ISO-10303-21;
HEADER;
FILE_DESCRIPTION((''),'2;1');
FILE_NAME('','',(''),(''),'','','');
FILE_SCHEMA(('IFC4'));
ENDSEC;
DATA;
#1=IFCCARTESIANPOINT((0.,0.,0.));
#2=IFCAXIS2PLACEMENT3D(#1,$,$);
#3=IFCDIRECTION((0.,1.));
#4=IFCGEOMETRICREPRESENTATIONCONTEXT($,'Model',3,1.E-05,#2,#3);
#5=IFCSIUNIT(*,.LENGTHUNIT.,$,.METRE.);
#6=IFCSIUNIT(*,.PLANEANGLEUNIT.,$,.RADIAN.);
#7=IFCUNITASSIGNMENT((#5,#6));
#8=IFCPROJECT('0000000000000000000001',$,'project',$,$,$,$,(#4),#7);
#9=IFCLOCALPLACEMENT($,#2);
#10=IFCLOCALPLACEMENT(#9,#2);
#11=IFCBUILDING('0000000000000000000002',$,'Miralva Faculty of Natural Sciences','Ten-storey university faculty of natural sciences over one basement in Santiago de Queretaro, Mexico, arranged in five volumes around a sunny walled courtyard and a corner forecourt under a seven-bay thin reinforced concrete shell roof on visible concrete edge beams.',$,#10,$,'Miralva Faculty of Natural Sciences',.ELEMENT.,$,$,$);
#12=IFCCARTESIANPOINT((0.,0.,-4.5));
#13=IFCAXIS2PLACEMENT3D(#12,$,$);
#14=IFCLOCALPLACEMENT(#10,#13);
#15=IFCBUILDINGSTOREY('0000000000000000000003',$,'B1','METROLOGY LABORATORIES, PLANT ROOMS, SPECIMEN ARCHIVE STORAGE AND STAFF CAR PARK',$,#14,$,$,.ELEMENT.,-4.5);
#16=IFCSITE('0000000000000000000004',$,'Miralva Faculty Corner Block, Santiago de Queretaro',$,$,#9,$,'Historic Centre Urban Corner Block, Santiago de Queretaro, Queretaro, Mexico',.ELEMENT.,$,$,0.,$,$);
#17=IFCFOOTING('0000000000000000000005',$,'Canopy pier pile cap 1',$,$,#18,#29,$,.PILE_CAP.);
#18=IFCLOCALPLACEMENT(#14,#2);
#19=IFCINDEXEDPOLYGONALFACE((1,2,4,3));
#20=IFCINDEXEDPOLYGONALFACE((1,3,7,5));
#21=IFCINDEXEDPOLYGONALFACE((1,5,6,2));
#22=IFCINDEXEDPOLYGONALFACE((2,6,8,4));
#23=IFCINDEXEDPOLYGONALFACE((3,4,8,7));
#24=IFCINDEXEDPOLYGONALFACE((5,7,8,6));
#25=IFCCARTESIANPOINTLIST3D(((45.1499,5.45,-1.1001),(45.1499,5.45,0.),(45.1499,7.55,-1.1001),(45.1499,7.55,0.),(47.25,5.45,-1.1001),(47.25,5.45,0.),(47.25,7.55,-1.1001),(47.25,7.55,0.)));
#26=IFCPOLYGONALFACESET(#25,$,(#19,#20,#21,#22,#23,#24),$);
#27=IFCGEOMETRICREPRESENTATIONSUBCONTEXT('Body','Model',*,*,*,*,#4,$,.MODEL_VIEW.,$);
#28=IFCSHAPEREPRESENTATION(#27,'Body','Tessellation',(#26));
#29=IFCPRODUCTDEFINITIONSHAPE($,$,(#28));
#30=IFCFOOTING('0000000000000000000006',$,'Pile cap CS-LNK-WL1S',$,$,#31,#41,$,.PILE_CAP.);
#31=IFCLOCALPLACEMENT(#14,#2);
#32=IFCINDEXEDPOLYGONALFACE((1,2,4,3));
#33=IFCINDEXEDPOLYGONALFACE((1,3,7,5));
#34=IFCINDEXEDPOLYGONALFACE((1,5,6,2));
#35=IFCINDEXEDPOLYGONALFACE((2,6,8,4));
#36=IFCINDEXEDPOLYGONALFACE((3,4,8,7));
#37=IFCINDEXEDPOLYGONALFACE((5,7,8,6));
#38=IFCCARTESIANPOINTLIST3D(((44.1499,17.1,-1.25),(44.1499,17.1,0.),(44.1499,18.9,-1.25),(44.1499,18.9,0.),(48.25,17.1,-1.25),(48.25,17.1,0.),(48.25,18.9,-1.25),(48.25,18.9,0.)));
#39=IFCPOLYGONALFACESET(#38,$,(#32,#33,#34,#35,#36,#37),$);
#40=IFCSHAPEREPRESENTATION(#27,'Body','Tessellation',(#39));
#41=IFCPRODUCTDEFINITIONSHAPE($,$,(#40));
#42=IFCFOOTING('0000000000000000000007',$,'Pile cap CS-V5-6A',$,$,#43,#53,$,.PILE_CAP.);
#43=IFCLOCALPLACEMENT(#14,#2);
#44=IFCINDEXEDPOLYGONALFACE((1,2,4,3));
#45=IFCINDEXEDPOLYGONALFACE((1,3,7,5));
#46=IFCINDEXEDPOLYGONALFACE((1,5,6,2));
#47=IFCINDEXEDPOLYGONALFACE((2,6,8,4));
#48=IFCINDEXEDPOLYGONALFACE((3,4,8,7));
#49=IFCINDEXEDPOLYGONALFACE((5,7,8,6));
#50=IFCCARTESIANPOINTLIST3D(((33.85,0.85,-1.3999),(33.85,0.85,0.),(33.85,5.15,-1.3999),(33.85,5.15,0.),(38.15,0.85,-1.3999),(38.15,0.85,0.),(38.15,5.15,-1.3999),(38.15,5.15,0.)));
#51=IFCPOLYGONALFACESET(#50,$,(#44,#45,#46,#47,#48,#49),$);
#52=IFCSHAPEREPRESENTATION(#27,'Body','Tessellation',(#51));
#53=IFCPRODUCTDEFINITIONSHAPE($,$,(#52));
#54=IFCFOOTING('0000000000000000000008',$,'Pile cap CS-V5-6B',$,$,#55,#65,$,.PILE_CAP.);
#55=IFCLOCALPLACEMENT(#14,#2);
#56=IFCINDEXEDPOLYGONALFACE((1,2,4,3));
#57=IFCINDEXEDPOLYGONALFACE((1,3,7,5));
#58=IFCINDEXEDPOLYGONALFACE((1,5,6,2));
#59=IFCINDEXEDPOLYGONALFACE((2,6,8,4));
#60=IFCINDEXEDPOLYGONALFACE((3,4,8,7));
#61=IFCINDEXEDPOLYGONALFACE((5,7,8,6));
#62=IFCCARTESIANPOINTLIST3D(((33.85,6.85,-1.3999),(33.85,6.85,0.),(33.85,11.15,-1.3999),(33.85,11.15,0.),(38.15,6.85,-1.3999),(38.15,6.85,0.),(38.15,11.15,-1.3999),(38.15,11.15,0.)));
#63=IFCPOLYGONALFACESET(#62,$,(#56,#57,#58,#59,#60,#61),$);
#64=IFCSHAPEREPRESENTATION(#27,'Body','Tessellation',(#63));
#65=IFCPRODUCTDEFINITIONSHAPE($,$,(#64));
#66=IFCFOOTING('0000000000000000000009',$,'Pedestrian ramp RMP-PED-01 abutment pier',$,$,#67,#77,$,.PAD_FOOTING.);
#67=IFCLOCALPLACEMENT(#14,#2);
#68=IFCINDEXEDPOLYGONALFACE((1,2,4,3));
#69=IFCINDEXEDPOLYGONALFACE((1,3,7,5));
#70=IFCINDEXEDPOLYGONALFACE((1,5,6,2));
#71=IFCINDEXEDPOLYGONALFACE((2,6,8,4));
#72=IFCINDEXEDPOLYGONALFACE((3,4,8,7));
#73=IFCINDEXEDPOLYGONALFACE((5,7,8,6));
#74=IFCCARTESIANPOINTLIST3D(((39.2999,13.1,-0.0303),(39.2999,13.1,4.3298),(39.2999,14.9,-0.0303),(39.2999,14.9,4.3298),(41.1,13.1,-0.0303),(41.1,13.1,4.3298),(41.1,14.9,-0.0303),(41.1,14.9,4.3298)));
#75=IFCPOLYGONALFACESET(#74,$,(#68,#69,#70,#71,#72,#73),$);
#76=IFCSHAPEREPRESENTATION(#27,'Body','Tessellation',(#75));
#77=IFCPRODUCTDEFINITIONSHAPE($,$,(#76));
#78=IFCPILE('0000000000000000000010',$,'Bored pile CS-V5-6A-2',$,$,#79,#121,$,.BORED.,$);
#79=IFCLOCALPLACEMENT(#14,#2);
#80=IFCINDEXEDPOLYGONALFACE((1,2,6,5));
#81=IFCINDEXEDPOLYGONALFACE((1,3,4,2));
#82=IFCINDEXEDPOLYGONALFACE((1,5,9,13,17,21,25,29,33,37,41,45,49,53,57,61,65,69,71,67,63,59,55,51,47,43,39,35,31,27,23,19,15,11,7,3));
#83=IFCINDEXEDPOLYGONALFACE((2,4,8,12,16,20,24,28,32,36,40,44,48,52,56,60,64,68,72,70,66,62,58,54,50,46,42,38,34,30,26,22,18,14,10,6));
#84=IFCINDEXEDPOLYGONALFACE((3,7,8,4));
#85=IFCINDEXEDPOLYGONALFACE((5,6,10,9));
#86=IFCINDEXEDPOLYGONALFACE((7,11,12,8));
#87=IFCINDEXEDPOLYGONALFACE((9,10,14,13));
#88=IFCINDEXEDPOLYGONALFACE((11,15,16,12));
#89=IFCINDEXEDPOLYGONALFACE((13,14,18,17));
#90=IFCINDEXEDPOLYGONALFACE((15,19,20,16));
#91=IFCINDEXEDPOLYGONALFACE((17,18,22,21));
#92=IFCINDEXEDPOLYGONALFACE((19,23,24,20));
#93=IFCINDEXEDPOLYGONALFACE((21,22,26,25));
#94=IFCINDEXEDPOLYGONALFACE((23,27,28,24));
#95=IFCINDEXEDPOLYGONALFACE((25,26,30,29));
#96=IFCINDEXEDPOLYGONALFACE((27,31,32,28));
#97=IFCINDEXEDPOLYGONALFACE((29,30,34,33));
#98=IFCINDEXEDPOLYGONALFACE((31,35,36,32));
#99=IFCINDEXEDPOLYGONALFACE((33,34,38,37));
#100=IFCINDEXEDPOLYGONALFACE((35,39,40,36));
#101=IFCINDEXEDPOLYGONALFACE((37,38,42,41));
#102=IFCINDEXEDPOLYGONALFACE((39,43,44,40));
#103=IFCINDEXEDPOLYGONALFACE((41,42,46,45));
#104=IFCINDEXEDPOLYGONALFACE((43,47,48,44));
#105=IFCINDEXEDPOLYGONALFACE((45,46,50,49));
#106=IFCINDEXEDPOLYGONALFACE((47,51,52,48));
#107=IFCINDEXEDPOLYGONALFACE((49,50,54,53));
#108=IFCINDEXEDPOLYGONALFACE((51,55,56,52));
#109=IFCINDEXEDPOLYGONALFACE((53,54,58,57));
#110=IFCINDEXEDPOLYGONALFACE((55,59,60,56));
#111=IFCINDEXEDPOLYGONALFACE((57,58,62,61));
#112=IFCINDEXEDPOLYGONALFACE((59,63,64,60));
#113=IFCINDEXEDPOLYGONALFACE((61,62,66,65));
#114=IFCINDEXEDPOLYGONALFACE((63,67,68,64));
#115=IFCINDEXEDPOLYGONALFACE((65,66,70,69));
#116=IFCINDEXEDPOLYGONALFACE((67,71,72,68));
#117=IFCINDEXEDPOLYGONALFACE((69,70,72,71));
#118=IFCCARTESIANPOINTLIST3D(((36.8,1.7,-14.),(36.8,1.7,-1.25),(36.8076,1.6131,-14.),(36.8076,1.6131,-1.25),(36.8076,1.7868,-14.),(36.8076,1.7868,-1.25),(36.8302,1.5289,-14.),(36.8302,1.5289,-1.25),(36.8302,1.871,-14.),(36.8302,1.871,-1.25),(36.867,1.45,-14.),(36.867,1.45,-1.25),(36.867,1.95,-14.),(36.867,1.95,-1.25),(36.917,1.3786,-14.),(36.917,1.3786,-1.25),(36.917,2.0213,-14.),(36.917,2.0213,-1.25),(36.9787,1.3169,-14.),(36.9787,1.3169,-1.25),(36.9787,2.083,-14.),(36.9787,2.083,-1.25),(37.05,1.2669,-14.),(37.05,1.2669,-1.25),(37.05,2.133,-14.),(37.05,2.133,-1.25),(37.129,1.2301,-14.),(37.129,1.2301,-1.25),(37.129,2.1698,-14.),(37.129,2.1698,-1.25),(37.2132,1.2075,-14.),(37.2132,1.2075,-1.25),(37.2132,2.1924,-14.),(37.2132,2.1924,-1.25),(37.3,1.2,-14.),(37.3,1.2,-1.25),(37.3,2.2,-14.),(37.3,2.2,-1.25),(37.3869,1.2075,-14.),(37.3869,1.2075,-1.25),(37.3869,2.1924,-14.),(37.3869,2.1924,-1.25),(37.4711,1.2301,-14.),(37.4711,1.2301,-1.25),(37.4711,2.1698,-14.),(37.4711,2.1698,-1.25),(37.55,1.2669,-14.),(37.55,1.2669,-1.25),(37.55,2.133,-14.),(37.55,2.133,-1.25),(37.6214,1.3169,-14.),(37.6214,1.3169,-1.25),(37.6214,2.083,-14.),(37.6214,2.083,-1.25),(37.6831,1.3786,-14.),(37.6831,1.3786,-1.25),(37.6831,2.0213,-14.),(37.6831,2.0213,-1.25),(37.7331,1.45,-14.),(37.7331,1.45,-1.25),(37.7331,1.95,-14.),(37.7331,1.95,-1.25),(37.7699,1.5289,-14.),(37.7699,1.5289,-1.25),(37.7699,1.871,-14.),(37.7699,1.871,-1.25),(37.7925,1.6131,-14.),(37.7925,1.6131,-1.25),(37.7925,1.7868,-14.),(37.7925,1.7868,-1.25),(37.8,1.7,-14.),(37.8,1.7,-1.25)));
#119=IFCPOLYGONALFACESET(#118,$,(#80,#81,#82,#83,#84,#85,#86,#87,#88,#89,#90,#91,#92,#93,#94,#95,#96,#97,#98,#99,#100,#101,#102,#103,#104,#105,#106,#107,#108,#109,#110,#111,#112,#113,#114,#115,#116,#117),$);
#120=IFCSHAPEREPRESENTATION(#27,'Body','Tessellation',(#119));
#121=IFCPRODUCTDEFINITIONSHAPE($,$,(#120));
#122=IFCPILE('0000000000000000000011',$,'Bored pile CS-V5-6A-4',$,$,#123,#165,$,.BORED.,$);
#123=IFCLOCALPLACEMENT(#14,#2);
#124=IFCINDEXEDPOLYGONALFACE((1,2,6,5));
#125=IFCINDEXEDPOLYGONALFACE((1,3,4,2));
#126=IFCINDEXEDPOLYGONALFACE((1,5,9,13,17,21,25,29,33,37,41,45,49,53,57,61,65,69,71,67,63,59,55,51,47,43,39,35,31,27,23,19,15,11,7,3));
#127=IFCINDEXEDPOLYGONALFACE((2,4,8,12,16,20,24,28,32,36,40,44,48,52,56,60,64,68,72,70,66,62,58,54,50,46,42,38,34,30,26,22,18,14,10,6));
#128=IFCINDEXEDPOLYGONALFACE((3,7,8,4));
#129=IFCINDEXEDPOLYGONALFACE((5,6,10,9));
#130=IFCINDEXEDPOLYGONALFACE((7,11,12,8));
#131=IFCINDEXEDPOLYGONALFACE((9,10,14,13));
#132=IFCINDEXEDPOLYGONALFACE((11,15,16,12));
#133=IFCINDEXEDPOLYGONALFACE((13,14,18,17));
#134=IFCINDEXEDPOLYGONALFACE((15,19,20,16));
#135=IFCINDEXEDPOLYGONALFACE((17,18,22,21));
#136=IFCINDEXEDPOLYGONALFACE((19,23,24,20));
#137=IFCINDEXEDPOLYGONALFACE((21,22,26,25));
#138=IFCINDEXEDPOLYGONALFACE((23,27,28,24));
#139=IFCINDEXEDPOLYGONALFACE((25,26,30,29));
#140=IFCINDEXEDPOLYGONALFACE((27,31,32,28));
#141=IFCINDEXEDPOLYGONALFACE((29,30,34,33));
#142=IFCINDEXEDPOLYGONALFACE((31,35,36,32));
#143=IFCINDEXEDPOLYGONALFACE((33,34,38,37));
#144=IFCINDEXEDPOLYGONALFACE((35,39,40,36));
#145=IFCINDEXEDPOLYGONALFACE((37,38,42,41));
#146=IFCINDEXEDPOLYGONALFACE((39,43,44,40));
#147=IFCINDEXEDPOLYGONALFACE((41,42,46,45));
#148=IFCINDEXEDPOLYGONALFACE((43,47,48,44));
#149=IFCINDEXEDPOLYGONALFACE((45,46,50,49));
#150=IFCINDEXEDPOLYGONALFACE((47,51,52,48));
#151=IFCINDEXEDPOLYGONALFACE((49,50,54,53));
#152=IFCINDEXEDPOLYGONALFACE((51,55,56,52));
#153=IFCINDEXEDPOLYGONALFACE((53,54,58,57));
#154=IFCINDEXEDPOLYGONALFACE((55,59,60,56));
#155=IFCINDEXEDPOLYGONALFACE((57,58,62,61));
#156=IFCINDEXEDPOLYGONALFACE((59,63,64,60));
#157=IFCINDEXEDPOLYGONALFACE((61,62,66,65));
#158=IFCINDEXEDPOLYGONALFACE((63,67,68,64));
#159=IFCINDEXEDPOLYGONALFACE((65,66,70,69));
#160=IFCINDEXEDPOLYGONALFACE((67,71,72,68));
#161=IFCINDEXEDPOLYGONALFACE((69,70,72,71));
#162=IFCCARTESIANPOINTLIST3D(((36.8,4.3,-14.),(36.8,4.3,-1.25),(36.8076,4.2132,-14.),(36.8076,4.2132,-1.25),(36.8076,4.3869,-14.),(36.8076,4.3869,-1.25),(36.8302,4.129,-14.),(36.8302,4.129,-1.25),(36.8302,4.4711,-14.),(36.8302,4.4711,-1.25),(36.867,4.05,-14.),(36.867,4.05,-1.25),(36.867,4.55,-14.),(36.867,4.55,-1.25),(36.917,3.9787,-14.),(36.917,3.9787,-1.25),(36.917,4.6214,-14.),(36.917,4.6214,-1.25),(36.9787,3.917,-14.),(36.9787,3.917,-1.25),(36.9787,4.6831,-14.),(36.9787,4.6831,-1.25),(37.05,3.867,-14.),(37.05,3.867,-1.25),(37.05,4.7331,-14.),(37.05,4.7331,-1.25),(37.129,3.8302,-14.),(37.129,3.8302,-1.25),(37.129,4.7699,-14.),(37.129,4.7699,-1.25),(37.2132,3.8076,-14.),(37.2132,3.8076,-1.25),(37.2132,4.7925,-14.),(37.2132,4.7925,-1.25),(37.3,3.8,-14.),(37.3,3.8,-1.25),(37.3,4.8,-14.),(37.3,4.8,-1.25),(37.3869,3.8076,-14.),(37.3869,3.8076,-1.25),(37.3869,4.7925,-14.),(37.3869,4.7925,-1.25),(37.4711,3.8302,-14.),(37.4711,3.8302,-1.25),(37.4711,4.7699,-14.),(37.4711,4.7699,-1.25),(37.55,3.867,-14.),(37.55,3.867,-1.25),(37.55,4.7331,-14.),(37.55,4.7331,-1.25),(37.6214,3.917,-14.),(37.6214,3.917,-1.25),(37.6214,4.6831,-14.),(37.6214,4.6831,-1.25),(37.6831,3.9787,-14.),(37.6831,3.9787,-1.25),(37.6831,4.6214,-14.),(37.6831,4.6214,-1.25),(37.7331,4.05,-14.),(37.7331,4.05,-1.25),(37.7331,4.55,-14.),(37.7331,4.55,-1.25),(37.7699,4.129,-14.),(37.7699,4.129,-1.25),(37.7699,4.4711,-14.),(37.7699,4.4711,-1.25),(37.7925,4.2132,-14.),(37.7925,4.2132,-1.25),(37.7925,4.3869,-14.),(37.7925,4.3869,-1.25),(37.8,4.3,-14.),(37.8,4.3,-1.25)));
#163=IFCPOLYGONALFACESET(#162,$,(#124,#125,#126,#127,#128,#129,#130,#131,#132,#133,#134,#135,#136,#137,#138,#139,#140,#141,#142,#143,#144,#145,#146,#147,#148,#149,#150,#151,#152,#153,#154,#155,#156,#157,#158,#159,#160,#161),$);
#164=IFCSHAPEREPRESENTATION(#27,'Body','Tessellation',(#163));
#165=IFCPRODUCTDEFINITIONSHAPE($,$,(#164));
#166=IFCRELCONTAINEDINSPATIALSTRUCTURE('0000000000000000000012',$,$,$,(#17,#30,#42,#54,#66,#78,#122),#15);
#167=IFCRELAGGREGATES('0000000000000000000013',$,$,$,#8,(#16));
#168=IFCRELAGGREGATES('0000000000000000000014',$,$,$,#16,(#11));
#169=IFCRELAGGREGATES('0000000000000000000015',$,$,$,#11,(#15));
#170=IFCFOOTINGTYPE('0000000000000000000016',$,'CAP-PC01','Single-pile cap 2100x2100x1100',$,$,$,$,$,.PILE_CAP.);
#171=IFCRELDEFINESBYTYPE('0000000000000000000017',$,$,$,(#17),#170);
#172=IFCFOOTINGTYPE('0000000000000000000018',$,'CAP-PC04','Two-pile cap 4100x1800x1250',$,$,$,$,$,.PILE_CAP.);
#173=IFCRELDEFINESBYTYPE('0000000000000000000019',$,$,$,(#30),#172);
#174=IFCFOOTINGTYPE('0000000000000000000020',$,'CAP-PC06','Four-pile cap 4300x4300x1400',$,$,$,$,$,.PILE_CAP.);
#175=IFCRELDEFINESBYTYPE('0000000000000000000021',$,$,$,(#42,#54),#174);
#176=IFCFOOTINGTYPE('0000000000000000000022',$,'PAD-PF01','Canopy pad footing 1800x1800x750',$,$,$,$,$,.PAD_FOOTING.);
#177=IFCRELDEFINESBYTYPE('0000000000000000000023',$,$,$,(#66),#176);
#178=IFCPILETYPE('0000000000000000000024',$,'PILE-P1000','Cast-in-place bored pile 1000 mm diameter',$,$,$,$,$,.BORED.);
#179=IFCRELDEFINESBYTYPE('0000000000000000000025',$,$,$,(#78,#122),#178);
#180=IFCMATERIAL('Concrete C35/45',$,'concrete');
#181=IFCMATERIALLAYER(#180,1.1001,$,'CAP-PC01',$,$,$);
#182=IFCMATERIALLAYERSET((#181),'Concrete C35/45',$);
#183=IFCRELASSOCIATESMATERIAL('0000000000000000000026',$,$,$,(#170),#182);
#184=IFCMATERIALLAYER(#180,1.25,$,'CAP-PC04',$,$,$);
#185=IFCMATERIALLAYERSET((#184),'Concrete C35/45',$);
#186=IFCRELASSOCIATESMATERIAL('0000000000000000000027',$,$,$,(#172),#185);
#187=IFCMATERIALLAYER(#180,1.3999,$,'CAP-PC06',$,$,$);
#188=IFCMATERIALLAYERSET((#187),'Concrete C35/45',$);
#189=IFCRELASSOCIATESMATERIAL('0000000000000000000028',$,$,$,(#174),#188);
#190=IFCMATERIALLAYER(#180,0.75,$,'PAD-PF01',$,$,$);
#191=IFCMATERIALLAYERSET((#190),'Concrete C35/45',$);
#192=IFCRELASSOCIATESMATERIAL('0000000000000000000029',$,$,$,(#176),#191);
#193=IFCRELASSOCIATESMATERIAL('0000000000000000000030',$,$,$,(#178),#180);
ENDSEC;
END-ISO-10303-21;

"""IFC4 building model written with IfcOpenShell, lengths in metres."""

from ifc_helpers import new_model, si_unit, direction, frame, origin, origin_2d, place, context, subcontext, project, spatial, rectangle, circle, extrude, material, layer, layer_set, material_profile, profile_set, type_object, element, save


model = new_model("IFC4")

# Units and contexts
model_context = context("Model", 3, precision=1e-05, world=origin(), true_north=direction((0.0, 1.0)))
body_context = subcontext(model_context, "Body", "Model", "MODEL_VIEW")
ifc_project = project(units=[si_unit("LENGTHUNIT", "METRE"), si_unit("PLANEANGLEUNIT", "RADIAN")], contexts=[model_context])

# Site, building, storey
site_placement = place(None, origin())
site = spatial("IfcSite", under=ifc_project, at=site_placement, Name="Miralva Faculty Corner Block, Santiago de Queretaro", LongName="Historic Centre Urban Corner Block, Santiago de Queretaro, Queretaro, Mexico", CompositionType="ELEMENT", RefElevation=0.0)
building_placement = place(site_placement, origin())
building = spatial("IfcBuilding", under=site, at=building_placement, Name="Miralva Faculty of Natural Sciences", Description="Ten-storey university faculty of natural sciences over one basement in Santiago de Queretaro, Mexico, arranged in five volumes around a sunny walled courtyard and a corner forecourt under a seven-bay thin reinforced concrete shell roof on visible concrete edge beams.", LongName="Miralva Faculty of Natural Sciences", CompositionType="ELEMENT")
storey_placement = place(building_placement, frame((0.0, 0.0, -4.5)))
storey = spatial("IfcBuildingStorey", under=building, at=storey_placement, Name="B1", Description="METROLOGY LABORATORIES, PLANT ROOMS, SPECIMEN ARCHIVE STORAGE AND STAFF CAR PARK", CompositionType="ELEMENT", Elevation=-4.5)

# Footings
ifc_material_1 = material(Name="Concrete C35/45", Category="concrete")
ifc_layer_1 = layer(ifc_material_1, 1.1001, Name="CAP-PC01")
ifc_layer_set_1 = layer_set([ifc_layer_1], Name="Concrete C35/45")
footing_type_1 = type_object("IfcFootingType", Name="CAP-PC01", Description="Single-pile cap 2100x2100x1100", PredefinedType="PILE_CAP", material=ifc_layer_set_1)
footing_1_placement = place(storey_placement, frame((46.2, 6.5, -1.1001), z_axis=(0.0, 0.0, 1.0), x_axis=(1.0, 0.0, 0.0)))
element("IfcFooting", 1, at=footing_1_placement, inside=storey, type_object=footing_type_1, Name="Canopy pier pile cap 1", PredefinedType="PILE_CAP", context=body_context, shape_type="SweptSolid", body=[
    extrude(rectangle(XDim=2.1001, YDim=2.1001, at=origin_2d()), origin(), (0.0, 0.0, 1.0), 1.1001),
])
ifc_layer_2 = layer(ifc_material_1, 1.25, Name="CAP-PC04")
ifc_layer_set_2 = layer_set([ifc_layer_2], Name="Concrete C35/45")
footing_type_2 = type_object("IfcFootingType", Name="CAP-PC04", Description="Two-pile cap 4100x1800x1250", PredefinedType="PILE_CAP", material=ifc_layer_set_2)
footing_2_placement = place(storey_placement, frame((46.2, 18.0, -1.25), z_axis=(0.0, 0.0, 1.0), x_axis=(1.0, 0.0, 0.0)))
element("IfcFooting", 2, at=footing_2_placement, inside=storey, type_object=footing_type_2, Name="Pile cap CS-LNK-WL1S", PredefinedType="PILE_CAP", context=body_context, shape_type="SweptSolid", body=[
    extrude(rectangle(XDim=4.1001, YDim=1.8, at=origin_2d()), origin(), (0.0, 0.0, 1.0), 1.25),
])
ifc_layer_3 = layer(ifc_material_1, 1.3999, Name="CAP-PC06")
ifc_layer_set_3 = layer_set([ifc_layer_3], Name="Concrete C35/45")
footing_type_3 = type_object("IfcFootingType", Name="CAP-PC06", Description="Four-pile cap 4300x4300x1400", PredefinedType="PILE_CAP", material=ifc_layer_set_3)
for number, where, z_axis, x_axis, name in (
    (3, (36.0, 3.0, -1.3999), (0.0, 0.0, 1.0), (1.0, 0.0, 0.0), "Pile cap CS-V5-6A"),
    (4, (36.0, 9.0, -1.3999), (0.0, 0.0, 1.0), (1.0, 0.0, 0.0), "Pile cap CS-V5-6B"),
):
    element("IfcFooting", number, at=place(storey_placement, frame(where, z_axis=z_axis, x_axis=x_axis)), inside=storey, type_object=footing_type_3, Name=name, PredefinedType="PILE_CAP", context=body_context, shape_type="SweptSolid", body=[
        extrude(rectangle(XDim=4.3, YDim=4.3, at=origin_2d()), origin(), (0.0, 0.0, 1.0), 1.3999),
    ])
ifc_layer_4 = layer(ifc_material_1, 0.75, Name="PAD-PF01")
ifc_layer_set_4 = layer_set([ifc_layer_4], Name="Concrete C35/45")
footing_type_4 = type_object("IfcFootingType", Name="PAD-PF01", Description="Canopy pad footing 1800x1800x750", PredefinedType="PAD_FOOTING", material=ifc_layer_set_4)
footing_3_placement = place(storey_placement, frame((40.2, 14.0, -0.0303), z_axis=(0.0, 0.0, 1.0), x_axis=(1.0, 0.0, 0.0)))
element("IfcFooting", 5, at=footing_3_placement, inside=storey, type_object=footing_type_4, Name="Pedestrian ramp RMP-PED-01 abutment pier", PredefinedType="PAD_FOOTING", context=body_context, shape_type="SweptSolid", body=[
    extrude(rectangle(XDim=1.8, YDim=1.8, at=origin_2d()), origin(), (0.0, 0.0, 1.0), 4.3601),
])

# Piles
ifc_material_profile_1 = material_profile(ifc_material_1, circle(Radius=0.5, at=origin_2d()), Name="BORED PILE 1000")
ifc_profile_set_1 = profile_set([ifc_material_profile_1], Name="Concrete C35/45")
pile_type_1 = type_object("IfcPileType", Name="PILE-P1000", Description="Cast-in-place bored pile 1000 mm diameter", PredefinedType="BORED", material=ifc_profile_set_1)
for number, where, z_axis, x_axis, name in (
    (6, (37.3, 1.7, -1.25), (0.0, 0.0, -1.0), (1.0, 0.0, 0.0), "Bored pile CS-V5-6A-2"),
    (7, (37.3, 4.3, -1.25), (0.0, 0.0, -1.0), (1.0, 0.0, 0.0), "Bored pile CS-V5-6A-4"),
):
    element("IfcPile", number, at=place(storey_placement, frame(where, z_axis=z_axis, x_axis=x_axis)), inside=storey, type_object=pile_type_1, Name=name, PredefinedType="BORED", context=body_context, shape_type="SweptSolid", body=[
        extrude(circle(Radius=0.5, at=origin_2d()), origin(), (0.0, 0.0, 1.0), 12.75),
    ])

save(model, "model.ifc")
